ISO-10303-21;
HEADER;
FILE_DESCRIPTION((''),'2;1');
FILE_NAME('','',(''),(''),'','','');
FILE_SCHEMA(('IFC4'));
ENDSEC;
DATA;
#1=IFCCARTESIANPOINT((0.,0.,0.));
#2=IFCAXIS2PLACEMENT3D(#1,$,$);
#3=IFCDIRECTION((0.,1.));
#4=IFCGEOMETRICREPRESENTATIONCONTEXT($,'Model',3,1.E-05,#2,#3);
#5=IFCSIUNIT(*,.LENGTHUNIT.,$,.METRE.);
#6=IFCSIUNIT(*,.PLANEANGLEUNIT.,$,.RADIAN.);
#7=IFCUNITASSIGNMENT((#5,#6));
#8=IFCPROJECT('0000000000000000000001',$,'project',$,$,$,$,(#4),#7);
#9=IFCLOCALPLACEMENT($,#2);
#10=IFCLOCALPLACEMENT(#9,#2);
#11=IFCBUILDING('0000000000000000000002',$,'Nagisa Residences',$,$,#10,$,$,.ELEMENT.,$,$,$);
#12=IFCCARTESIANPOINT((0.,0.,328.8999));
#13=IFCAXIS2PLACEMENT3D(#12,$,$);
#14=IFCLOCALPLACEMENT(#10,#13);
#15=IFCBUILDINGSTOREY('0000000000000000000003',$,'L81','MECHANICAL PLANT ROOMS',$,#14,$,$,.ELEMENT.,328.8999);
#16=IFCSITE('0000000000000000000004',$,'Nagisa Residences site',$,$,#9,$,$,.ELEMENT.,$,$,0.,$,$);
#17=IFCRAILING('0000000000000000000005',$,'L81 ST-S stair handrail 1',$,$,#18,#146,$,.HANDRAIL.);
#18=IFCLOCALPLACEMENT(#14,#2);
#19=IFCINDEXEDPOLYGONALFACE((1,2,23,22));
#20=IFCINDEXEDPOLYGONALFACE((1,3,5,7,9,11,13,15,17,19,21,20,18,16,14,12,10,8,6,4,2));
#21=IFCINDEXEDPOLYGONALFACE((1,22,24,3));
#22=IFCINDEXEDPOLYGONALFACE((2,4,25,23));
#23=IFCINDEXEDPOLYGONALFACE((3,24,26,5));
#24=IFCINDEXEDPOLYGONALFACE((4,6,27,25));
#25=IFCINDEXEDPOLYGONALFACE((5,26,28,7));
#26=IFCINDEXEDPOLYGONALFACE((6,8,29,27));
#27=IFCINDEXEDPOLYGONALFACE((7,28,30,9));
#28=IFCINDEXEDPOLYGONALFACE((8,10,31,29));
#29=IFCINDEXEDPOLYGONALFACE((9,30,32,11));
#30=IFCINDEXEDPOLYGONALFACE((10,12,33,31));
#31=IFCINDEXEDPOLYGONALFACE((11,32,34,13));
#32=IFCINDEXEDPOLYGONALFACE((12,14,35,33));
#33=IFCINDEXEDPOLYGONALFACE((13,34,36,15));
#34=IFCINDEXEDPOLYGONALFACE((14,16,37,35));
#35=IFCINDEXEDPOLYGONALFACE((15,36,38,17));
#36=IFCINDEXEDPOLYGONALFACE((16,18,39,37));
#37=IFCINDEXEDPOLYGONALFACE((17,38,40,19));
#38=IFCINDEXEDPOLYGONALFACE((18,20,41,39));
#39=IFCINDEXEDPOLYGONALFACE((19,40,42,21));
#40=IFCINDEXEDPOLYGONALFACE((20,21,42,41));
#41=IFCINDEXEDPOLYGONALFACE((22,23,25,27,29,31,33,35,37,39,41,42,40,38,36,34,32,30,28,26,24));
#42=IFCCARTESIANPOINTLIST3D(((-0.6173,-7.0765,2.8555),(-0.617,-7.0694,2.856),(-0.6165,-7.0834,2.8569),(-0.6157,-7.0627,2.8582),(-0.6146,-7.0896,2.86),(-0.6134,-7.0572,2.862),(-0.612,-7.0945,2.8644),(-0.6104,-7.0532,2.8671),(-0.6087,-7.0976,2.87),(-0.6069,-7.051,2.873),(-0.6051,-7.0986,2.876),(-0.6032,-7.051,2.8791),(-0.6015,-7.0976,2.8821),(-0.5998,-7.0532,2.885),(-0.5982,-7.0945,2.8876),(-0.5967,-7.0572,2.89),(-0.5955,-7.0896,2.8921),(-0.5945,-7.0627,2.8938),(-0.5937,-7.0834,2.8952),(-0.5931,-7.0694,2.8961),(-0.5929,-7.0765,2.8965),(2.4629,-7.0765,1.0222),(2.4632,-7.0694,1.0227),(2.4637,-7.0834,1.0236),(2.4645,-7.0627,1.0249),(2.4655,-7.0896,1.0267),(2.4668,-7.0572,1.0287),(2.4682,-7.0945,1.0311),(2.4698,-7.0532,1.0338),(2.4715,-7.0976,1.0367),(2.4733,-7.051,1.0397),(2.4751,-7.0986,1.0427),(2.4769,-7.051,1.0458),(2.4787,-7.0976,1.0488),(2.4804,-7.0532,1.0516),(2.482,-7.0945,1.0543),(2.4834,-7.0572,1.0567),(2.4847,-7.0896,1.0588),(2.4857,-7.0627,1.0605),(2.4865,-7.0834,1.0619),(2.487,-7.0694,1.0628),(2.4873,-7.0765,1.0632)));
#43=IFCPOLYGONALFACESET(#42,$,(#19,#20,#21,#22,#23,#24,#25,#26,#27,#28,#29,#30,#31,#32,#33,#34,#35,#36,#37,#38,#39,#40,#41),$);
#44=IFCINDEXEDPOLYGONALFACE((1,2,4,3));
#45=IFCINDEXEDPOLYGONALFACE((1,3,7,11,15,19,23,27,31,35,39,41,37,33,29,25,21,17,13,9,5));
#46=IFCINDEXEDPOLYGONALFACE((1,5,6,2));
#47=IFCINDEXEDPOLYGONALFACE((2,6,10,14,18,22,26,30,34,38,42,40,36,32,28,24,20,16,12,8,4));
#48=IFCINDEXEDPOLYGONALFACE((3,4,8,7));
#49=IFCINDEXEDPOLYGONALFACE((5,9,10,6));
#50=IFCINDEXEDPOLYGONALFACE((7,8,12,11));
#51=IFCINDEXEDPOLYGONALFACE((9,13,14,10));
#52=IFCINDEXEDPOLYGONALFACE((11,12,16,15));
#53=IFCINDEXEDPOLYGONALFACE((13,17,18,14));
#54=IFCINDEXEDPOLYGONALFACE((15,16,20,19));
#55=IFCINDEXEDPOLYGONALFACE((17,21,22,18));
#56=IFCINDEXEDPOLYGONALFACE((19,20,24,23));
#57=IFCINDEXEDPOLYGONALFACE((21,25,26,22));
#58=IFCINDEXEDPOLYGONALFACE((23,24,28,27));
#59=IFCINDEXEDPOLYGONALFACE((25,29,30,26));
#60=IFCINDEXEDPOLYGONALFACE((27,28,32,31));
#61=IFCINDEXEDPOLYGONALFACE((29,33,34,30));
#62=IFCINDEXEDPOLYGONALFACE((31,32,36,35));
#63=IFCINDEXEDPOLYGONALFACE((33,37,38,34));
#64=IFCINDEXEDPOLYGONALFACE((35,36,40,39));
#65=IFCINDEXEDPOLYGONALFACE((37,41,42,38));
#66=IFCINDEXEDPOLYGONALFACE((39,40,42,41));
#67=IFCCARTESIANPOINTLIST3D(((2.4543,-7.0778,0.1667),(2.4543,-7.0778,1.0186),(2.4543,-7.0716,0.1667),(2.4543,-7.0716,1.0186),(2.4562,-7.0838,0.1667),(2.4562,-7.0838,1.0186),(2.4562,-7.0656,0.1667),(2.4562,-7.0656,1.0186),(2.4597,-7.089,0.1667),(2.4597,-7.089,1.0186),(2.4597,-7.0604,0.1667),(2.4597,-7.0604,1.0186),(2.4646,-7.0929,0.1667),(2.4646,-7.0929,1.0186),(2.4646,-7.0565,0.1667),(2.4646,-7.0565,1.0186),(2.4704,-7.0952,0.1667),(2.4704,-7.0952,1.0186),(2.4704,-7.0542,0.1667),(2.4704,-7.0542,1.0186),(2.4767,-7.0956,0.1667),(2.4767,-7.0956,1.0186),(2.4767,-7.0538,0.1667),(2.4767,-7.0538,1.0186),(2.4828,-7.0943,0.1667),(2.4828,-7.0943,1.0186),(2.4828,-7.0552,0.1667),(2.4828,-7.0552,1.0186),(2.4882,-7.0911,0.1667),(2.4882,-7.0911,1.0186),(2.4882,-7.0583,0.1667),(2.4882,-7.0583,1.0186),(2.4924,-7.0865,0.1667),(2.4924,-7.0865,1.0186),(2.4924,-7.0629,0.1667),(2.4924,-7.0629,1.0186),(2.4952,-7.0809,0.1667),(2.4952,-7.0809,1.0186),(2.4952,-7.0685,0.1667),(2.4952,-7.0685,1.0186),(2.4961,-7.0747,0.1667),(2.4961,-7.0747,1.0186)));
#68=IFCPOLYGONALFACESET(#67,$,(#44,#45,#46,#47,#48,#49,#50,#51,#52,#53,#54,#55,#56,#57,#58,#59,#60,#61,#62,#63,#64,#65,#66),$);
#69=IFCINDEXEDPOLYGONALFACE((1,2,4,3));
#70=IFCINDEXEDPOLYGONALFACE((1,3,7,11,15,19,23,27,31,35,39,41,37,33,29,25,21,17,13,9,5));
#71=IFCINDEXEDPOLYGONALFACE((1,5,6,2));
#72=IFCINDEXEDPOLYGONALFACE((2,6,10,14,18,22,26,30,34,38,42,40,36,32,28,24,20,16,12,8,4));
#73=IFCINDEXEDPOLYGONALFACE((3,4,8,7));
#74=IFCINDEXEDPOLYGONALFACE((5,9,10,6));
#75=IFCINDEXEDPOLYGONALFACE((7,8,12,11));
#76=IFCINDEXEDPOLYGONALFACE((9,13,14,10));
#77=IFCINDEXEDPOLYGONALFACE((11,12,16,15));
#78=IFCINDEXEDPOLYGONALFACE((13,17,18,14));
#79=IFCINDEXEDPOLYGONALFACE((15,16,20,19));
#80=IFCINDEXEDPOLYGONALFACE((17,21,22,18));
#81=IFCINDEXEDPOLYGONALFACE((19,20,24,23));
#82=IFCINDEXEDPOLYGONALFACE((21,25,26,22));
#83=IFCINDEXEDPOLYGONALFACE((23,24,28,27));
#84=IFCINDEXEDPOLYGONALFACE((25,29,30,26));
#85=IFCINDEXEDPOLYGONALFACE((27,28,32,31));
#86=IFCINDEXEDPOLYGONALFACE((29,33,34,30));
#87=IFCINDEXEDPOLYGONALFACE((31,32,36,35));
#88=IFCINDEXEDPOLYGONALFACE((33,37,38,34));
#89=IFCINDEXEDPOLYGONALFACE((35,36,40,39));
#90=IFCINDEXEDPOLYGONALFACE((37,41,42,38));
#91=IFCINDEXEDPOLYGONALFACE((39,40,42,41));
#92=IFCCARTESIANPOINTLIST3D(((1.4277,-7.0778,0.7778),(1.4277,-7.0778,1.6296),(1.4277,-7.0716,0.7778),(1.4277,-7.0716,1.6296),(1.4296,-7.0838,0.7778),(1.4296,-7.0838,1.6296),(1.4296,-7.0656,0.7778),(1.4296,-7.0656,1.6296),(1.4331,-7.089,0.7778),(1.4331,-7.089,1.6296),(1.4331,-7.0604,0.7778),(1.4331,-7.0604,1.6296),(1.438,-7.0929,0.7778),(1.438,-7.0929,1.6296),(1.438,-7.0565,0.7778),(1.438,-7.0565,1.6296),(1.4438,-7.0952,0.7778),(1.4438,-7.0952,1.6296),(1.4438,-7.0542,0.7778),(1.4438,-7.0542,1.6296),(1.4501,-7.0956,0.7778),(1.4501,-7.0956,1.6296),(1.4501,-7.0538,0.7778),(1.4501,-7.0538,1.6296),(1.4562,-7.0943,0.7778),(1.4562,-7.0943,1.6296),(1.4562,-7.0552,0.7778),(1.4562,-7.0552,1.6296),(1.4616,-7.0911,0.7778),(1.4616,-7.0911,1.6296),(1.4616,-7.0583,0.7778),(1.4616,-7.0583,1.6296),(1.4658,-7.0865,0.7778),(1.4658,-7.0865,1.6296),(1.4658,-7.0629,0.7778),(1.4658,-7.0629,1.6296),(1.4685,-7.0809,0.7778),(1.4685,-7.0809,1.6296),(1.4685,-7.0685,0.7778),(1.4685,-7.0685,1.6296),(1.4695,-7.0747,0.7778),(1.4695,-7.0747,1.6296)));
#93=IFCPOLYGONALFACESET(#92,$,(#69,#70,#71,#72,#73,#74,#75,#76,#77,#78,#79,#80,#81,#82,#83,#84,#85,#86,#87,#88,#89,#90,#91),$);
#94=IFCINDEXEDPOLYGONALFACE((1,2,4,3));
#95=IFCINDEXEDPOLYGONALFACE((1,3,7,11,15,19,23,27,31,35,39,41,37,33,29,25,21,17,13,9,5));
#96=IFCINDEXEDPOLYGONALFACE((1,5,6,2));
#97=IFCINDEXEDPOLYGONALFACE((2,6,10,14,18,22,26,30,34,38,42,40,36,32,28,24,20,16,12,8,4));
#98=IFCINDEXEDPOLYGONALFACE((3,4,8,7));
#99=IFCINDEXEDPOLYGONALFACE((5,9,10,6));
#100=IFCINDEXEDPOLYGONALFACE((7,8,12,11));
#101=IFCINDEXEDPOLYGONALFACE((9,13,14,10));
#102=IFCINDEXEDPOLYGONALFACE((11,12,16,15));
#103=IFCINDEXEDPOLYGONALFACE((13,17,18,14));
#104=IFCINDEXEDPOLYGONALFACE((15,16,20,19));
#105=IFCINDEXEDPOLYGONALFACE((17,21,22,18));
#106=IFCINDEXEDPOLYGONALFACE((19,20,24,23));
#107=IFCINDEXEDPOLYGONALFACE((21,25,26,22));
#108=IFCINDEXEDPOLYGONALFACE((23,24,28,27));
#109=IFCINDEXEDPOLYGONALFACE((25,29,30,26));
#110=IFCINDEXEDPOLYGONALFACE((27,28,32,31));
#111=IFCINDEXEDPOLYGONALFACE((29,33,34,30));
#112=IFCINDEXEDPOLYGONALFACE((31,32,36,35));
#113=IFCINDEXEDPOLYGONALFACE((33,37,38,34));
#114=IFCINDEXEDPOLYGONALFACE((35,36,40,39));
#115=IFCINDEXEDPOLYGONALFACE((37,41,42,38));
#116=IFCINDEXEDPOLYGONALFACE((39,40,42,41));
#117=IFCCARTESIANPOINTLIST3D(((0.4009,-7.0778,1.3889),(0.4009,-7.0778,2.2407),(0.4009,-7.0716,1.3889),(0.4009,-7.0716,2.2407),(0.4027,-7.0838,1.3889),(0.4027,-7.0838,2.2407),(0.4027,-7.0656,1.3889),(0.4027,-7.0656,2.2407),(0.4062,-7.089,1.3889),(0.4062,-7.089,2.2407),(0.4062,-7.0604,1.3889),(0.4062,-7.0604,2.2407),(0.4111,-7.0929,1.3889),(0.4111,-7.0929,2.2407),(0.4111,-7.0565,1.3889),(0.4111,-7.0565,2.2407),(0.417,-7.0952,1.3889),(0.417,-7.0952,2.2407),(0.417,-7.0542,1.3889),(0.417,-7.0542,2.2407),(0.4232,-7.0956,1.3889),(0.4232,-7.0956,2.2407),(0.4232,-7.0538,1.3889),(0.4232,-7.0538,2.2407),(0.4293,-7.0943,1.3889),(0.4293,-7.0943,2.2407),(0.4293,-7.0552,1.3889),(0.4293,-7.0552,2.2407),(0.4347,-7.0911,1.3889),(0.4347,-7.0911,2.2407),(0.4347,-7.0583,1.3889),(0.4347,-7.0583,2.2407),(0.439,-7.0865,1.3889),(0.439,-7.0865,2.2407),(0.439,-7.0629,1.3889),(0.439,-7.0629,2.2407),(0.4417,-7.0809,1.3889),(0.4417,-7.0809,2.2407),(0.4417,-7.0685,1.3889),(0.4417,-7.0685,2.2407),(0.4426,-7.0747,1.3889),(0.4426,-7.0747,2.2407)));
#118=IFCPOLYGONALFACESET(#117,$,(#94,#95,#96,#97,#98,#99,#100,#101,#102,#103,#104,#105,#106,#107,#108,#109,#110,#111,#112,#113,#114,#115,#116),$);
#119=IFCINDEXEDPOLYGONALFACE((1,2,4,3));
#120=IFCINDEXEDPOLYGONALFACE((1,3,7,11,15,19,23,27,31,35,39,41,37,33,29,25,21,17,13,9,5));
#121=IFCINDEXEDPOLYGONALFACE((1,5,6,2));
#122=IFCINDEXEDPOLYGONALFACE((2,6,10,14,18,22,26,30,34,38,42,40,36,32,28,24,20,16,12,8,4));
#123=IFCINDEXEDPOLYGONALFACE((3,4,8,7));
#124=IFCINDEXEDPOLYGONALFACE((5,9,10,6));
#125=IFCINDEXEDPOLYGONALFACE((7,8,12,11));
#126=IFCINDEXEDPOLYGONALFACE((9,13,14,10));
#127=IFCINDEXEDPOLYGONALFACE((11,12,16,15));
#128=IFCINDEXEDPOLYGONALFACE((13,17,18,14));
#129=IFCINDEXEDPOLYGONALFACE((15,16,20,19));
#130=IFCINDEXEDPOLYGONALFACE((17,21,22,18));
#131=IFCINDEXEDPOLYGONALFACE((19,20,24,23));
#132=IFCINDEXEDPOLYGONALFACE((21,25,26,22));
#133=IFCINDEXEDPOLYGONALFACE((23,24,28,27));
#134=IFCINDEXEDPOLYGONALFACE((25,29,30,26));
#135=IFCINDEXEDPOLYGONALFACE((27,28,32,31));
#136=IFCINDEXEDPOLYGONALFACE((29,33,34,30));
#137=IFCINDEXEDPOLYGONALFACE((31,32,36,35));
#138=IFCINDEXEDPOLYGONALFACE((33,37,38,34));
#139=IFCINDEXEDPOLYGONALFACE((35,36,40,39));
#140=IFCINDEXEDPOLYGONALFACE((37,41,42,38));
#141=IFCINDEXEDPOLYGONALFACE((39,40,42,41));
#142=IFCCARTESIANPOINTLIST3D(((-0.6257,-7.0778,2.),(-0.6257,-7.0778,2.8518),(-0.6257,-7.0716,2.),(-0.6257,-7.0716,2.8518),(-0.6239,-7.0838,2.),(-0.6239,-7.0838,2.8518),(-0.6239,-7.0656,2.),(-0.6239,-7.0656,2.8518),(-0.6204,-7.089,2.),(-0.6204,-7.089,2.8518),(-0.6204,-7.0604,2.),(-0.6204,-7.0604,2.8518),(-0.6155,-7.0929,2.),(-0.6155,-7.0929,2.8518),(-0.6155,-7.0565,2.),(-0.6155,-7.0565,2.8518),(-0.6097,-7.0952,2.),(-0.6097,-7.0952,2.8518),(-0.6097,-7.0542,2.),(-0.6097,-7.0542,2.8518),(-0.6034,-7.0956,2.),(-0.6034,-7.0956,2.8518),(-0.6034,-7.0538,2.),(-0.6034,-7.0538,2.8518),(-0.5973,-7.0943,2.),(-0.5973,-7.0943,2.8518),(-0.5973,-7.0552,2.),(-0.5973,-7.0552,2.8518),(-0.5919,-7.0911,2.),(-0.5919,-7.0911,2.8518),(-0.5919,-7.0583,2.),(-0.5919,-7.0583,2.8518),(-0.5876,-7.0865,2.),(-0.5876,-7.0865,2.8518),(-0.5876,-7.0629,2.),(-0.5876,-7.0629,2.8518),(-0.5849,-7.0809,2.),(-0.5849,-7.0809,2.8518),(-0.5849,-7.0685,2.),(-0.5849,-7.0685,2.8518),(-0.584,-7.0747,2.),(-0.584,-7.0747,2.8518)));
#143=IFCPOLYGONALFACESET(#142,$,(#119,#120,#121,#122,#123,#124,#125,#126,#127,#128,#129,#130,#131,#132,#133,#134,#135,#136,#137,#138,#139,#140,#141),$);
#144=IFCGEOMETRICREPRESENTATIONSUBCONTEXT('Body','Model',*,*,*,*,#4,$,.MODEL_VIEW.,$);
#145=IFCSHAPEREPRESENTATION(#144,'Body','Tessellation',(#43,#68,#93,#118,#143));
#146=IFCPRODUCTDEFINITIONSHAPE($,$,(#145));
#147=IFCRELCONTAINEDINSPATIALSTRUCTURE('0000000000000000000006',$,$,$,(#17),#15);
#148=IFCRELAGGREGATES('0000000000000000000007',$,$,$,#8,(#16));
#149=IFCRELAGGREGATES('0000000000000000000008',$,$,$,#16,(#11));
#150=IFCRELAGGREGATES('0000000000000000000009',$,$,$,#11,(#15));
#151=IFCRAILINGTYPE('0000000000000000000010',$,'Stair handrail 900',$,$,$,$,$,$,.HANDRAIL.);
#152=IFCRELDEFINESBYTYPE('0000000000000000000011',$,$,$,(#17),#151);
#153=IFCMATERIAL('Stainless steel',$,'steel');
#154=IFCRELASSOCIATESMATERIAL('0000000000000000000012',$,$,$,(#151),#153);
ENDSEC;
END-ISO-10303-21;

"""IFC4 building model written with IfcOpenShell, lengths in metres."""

from ifc_helpers import new_model, si_unit, direction, frame, origin, origin_2d, place, context, subcontext, project, spatial, circle, extrude, material, type_object, element, save


model = new_model("IFC4")

# Units and contexts
model_context = context("Model", 3, precision=1e-05, world=origin(), true_north=direction((0.0, 1.0)))
body_context = subcontext(model_context, "Body", "Model", "MODEL_VIEW")
ifc_project = project(units=[si_unit("LENGTHUNIT", "METRE"), si_unit("PLANEANGLEUNIT", "RADIAN")], contexts=[model_context])

# Site, building, storey
site_placement = place(None, origin())
site = spatial("IfcSite", under=ifc_project, at=site_placement, Name="Nagisa Residences site", CompositionType="ELEMENT", RefElevation=0.0)
building_placement = place(site_placement, origin())
building = spatial("IfcBuilding", under=site, at=building_placement, Name="Nagisa Residences", CompositionType="ELEMENT")
storey_placement = place(building_placement, frame((0.0, 0.0, 328.8999)))
storey = spatial("IfcBuildingStorey", under=building, at=storey_placement, Name="L81", Description="MECHANICAL PLANT ROOMS", CompositionType="ELEMENT", Elevation=328.8999)

# Railing
ifc_material_1 = material(Name="Stainless steel", Category="steel")
railing_type_1 = type_object("IfcRailingType", Name="Stair handrail 900", PredefinedType="HANDRAIL", material=ifc_material_1)
railing_1_placement = place(storey_placement, frame((2.4751, -7.0747, 0.1667)))
element("IfcRailing", 1, at=railing_1_placement, inside=storey, type_object=railing_type_1, Name="L81 ST-S stair handrail 1", PredefinedType="HANDRAIL", context=body_context, shape_type="SweptSolid", body=[
    extrude(circle(Radius=0.0239, at=origin_2d()), frame((0.0, 0.0, 0.876), z_axis=(-0.859309, 0.0, 0.511458), x_axis=(0.0, -1.0, 0.0)), (0.0, 0.0, 1.0), 3.5845),
    extrude(circle(Radius=0.021, at=origin_2d()), origin(), (0.0, 0.0, 1.0), 0.8518),
    extrude(circle(Radius=0.021, at=origin_2d()), frame((-1.0266, 0.0, 0.6111)), (0.0, 0.0, 1.0), 0.8518),
    extrude(circle(Radius=0.021, at=origin_2d()), frame((-2.0535, 0.0, 1.2222)), (0.0, 0.0, 1.0), 0.8518),
    extrude(circle(Radius=0.021, at=origin_2d()), frame((-3.0801, 0.0, 1.8333)), (0.0, 0.0, 1.0), 0.8518),
])

save(model, "model.ifc")
